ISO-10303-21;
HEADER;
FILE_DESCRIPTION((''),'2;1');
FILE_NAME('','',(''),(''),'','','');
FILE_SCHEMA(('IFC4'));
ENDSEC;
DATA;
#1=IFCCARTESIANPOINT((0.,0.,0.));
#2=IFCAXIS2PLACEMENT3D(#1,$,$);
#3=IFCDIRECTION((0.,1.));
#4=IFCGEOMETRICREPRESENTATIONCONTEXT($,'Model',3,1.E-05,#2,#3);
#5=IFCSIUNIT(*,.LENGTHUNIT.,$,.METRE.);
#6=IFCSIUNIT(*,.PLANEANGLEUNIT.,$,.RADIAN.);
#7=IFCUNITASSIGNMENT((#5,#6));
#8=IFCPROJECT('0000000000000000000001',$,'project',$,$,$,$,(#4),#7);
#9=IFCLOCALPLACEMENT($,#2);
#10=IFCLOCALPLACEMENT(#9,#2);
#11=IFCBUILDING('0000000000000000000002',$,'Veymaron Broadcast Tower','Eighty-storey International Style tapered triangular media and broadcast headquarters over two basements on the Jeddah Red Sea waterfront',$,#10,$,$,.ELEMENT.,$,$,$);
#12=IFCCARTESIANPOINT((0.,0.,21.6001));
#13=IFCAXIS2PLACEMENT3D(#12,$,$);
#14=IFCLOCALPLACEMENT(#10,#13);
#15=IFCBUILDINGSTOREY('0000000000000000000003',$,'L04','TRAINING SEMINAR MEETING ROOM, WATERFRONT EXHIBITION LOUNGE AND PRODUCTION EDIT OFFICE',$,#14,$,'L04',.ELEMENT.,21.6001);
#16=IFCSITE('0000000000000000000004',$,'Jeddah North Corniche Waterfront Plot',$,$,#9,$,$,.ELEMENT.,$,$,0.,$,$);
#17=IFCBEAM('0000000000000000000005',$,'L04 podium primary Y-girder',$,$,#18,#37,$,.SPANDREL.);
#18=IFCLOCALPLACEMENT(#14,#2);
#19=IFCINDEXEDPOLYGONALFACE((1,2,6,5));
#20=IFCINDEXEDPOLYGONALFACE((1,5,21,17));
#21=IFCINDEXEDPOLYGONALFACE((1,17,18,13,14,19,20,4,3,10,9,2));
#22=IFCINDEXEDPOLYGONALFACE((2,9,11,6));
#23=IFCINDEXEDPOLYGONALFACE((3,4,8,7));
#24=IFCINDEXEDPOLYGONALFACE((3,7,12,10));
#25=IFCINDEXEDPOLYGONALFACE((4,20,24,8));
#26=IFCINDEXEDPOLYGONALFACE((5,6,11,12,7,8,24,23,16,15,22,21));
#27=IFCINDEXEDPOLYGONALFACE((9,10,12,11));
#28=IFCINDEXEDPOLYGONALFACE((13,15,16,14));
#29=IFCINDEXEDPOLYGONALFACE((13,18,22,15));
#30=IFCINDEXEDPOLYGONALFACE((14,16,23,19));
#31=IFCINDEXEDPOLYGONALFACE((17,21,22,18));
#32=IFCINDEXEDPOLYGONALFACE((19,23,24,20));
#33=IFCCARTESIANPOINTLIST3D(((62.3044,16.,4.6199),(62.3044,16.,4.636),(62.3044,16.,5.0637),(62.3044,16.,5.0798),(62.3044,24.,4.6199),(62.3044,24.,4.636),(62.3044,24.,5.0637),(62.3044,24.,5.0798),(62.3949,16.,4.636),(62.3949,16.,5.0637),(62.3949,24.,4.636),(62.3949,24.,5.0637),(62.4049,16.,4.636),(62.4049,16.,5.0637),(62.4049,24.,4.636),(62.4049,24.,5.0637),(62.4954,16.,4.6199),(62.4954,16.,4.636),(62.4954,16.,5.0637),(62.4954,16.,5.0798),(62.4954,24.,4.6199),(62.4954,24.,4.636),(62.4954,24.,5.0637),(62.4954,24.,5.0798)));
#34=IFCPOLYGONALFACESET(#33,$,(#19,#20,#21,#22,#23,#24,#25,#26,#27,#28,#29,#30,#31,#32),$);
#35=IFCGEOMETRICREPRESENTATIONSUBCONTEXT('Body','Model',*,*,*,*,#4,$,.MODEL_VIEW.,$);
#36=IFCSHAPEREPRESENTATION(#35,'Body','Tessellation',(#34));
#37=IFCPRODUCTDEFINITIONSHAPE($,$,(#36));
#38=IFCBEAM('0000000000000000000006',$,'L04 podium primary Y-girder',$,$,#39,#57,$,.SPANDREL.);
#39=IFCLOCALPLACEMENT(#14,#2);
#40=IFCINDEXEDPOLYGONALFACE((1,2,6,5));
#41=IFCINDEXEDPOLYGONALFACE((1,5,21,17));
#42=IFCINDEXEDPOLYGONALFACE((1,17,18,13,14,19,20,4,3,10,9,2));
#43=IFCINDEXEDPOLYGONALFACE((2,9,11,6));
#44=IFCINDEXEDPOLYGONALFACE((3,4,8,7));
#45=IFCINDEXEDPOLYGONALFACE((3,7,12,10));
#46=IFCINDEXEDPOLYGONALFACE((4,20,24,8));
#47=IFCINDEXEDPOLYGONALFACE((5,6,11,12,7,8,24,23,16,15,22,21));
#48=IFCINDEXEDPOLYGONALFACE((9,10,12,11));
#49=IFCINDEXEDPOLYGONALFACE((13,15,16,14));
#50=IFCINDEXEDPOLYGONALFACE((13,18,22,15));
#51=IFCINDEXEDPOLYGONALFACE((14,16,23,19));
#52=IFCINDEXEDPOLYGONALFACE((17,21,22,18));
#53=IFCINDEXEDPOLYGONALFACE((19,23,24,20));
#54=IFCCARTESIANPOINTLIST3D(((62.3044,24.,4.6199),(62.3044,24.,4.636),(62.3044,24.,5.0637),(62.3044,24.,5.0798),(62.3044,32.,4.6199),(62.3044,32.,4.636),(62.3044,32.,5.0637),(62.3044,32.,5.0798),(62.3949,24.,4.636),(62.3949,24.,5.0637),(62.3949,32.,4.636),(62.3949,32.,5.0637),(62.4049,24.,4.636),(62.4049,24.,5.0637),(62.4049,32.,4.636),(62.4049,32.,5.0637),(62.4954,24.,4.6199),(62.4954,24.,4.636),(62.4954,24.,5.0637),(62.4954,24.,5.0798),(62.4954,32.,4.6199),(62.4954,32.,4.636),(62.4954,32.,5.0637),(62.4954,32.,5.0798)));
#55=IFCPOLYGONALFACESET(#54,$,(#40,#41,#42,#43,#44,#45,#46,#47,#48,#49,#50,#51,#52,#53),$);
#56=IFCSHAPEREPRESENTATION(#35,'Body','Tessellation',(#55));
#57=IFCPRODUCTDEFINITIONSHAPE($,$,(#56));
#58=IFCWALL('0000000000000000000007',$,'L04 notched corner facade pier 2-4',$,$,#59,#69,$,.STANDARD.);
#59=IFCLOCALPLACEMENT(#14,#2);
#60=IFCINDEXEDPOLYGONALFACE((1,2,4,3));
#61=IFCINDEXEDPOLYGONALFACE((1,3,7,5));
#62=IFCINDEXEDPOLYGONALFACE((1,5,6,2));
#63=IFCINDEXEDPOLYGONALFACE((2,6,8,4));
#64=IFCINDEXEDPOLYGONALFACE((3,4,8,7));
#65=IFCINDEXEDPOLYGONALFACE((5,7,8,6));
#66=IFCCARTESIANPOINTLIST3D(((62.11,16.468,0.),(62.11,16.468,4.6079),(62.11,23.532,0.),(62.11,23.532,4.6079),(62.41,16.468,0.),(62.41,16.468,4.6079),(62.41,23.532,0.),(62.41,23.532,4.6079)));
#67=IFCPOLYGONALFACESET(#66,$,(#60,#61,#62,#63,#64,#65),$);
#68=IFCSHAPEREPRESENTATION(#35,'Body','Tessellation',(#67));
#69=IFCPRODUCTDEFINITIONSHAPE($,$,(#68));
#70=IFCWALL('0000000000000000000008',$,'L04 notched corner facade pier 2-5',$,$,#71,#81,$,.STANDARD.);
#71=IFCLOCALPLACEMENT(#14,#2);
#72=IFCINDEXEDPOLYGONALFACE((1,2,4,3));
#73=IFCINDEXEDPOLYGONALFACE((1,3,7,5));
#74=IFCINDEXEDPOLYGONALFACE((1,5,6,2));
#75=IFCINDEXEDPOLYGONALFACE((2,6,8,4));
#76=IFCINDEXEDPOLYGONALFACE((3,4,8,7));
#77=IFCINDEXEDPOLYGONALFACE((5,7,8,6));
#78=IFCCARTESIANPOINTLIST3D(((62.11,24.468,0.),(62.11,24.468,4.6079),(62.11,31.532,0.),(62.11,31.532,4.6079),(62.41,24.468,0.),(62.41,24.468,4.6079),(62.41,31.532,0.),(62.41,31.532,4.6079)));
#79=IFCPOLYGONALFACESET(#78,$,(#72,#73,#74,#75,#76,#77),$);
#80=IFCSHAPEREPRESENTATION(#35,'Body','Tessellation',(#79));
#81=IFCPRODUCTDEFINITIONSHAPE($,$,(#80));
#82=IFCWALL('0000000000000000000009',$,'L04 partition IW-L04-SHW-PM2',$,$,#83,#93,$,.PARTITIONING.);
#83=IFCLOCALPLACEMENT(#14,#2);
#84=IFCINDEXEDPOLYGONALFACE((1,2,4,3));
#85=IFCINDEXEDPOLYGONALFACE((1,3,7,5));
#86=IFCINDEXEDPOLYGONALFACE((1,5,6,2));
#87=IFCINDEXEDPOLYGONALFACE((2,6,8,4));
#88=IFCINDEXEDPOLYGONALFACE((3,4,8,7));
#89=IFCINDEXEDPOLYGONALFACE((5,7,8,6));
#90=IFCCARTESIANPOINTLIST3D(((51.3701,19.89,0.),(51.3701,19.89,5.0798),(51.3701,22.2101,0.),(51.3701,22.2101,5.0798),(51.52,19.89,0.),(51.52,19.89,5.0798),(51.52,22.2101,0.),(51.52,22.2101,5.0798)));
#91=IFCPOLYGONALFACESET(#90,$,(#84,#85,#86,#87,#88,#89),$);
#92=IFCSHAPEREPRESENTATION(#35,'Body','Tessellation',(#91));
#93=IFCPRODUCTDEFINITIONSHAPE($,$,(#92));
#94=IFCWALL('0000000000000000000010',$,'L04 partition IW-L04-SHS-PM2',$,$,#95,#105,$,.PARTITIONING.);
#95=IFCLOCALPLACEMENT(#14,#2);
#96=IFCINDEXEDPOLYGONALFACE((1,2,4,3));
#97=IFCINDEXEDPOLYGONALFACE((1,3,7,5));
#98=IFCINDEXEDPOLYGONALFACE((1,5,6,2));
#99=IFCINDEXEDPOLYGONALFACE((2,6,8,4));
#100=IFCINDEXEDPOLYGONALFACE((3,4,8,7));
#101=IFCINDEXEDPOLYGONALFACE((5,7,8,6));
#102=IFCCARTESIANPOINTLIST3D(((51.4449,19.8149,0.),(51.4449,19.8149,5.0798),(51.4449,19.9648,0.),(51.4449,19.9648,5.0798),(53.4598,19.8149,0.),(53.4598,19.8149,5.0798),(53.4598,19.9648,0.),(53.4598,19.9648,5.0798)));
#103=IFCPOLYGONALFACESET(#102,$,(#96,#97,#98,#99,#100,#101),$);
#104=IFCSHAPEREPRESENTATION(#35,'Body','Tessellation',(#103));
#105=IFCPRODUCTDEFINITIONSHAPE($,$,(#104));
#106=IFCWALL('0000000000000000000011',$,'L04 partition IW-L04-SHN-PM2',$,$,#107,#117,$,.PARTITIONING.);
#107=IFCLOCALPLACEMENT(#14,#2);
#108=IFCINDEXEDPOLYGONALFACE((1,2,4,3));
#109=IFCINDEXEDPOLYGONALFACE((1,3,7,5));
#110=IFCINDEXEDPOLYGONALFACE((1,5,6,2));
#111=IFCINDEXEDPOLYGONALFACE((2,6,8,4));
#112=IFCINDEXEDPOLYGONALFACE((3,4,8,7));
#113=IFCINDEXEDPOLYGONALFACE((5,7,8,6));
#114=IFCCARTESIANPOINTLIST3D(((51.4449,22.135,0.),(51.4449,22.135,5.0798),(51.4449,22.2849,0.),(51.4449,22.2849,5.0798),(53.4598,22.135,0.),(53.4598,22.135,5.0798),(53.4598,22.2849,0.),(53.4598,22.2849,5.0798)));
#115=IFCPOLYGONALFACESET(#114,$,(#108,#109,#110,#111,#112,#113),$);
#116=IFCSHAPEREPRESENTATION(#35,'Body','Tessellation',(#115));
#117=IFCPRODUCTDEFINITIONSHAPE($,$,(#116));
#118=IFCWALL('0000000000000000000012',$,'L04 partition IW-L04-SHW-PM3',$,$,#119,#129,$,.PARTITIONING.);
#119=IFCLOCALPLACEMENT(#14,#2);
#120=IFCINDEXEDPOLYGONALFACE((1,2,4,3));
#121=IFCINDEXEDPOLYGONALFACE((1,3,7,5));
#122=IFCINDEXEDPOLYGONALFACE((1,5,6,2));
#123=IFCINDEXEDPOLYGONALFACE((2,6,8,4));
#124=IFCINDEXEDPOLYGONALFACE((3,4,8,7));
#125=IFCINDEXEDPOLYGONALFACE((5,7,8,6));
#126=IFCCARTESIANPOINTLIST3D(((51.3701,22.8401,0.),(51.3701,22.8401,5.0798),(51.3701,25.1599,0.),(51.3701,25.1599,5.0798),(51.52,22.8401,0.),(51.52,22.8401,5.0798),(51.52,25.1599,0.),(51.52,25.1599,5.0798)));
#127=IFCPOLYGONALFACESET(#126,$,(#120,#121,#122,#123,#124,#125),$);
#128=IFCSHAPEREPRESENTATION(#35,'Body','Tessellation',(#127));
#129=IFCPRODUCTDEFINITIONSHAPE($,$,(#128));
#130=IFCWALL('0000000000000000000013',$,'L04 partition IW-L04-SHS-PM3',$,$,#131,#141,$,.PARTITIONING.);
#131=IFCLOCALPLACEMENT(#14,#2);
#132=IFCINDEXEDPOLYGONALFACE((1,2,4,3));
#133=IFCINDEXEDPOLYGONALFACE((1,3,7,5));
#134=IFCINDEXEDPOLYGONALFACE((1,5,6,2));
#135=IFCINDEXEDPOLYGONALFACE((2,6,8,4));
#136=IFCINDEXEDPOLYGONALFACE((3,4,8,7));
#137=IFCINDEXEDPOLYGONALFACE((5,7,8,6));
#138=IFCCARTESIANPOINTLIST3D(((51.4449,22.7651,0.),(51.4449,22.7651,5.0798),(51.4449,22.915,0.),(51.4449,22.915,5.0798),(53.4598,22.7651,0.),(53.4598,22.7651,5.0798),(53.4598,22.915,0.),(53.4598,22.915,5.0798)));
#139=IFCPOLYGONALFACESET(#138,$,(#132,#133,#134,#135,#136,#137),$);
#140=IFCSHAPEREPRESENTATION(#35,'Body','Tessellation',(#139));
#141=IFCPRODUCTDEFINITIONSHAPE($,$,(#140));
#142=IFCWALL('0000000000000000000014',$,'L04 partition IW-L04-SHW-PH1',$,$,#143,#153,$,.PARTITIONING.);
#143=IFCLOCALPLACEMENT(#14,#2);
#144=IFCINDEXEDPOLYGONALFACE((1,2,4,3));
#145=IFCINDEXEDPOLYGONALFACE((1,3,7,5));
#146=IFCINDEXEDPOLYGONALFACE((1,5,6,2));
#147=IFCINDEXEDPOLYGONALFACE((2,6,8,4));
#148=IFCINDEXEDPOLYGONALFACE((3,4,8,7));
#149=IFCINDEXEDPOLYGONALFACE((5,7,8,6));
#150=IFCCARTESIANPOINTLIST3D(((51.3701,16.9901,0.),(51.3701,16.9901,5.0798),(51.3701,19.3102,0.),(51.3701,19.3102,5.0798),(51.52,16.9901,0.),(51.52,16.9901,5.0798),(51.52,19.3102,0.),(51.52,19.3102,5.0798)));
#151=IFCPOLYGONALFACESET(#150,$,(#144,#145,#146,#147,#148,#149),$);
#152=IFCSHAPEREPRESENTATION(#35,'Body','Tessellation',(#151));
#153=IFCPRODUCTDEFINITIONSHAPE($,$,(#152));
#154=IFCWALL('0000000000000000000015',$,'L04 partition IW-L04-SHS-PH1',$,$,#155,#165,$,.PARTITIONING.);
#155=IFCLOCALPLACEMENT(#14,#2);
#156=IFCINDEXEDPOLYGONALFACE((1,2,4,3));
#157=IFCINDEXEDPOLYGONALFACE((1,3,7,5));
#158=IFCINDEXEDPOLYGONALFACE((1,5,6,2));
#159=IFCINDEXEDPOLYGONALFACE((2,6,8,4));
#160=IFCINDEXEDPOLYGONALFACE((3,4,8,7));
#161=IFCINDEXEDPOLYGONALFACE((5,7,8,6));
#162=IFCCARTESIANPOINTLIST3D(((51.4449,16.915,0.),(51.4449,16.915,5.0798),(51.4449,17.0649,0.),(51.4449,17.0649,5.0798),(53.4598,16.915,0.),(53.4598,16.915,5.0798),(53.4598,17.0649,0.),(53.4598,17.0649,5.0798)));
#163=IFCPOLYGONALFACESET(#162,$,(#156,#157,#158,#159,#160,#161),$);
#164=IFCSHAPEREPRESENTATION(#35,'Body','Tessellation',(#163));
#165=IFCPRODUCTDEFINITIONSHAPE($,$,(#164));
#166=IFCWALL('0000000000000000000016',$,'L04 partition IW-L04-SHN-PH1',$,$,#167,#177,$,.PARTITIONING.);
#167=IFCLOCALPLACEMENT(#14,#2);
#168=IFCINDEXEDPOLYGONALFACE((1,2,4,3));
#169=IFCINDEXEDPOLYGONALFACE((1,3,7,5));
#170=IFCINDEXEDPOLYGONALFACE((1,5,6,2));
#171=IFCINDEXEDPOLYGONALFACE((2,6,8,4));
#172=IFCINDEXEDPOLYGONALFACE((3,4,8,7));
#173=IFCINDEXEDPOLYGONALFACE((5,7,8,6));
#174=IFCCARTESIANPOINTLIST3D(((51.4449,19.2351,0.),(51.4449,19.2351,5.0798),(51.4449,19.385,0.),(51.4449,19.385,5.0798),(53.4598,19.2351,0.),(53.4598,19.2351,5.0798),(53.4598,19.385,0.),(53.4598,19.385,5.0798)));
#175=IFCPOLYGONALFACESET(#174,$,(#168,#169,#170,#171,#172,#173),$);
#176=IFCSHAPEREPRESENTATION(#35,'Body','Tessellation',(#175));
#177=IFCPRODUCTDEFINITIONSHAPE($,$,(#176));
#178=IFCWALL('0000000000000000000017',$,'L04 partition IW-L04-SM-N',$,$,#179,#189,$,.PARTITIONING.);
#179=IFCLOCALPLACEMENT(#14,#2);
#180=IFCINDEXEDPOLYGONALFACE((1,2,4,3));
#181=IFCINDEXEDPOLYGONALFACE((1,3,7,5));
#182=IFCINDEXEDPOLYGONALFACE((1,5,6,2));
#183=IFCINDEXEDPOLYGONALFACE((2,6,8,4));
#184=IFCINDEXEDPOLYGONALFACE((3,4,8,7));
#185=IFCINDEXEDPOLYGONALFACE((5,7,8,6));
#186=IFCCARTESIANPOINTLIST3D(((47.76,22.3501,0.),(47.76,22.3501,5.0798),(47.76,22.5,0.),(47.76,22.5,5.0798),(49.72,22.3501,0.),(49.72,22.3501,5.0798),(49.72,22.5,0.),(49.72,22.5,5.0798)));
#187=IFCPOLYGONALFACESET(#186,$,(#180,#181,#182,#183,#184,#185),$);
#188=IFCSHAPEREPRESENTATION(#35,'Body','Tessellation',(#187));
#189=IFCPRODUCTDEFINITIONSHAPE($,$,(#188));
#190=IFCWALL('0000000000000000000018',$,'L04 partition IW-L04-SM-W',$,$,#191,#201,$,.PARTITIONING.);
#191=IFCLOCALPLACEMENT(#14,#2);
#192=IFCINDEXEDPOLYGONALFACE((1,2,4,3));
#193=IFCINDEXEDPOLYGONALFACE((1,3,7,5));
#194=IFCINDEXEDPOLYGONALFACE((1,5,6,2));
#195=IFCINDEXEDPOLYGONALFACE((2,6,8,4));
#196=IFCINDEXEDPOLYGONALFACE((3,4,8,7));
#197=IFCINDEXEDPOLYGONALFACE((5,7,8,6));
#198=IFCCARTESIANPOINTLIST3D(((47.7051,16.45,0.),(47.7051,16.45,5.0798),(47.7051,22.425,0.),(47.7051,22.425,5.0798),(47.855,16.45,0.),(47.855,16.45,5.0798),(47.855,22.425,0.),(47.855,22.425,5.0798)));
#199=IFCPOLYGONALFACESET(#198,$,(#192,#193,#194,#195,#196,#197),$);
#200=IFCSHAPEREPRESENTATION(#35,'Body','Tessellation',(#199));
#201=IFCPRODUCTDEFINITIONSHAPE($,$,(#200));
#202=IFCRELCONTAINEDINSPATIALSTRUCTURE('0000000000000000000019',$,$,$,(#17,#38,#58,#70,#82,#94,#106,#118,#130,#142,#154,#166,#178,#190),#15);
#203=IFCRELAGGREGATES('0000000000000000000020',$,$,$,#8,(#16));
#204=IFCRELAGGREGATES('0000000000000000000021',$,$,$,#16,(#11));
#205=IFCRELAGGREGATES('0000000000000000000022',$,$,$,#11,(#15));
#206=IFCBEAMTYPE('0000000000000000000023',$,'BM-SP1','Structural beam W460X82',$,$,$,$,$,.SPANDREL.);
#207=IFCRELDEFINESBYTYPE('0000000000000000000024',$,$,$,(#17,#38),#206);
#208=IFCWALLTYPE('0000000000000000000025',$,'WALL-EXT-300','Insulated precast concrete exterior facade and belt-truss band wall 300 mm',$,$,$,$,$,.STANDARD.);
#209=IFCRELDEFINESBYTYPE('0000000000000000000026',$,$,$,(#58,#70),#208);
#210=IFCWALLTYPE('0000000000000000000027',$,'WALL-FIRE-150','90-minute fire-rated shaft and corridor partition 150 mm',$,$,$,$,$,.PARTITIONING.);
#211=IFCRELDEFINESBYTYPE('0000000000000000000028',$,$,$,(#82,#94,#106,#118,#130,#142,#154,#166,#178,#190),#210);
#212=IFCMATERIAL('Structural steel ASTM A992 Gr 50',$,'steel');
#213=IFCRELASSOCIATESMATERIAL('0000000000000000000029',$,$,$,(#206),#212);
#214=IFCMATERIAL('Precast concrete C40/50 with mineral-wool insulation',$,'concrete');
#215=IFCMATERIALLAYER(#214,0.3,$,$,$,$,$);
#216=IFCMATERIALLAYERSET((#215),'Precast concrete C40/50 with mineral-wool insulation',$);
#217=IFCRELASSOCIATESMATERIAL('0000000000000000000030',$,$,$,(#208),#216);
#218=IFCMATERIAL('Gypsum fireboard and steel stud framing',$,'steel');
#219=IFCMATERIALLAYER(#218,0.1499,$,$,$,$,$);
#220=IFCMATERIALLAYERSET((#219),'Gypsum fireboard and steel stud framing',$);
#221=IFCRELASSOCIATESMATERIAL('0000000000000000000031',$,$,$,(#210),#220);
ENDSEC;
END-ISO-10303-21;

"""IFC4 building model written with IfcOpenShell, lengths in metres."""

from ifc_helpers import new_model, si_unit, direction, frame, frame_2d, origin, origin_2d, place, context, subcontext, project, spatial, rectangle, i_section, extrude, material, layer, layer_set, material_profile, profile_set, type_object, element, save


model = new_model("IFC4")

# Units and contexts
model_context = context("Model", 3, precision=1e-05, world=origin(), true_north=direction((0.0, 1.0)))
body_context = subcontext(model_context, "Body", "Model", "MODEL_VIEW")
ifc_project = project(units=[si_unit("LENGTHUNIT", "METRE"), si_unit("PLANEANGLEUNIT", "RADIAN")], contexts=[model_context])

# Site, building, storey
site_placement = place(None, origin())
site = spatial("IfcSite", under=ifc_project, at=site_placement, Name="Jeddah North Corniche Waterfront Plot", CompositionType="ELEMENT", RefElevation=0.0)
building_placement = place(site_placement, origin())
building = spatial("IfcBuilding", under=site, at=building_placement, Name="Veymaron Broadcast Tower", Description="Eighty-storey International Style tapered triangular media and broadcast headquarters over two basements on the Jeddah Red Sea waterfront", CompositionType="ELEMENT")
storey_placement = place(building_placement, frame((0.0, 0.0, 21.6001)))
storey = spatial("IfcBuildingStorey", under=building, at=storey_placement, Name="L04", Description="TRAINING SEMINAR MEETING ROOM, WATERFRONT EXHIBITION LOUNGE AND PRODUCTION EDIT OFFICE", LongName="L04", CompositionType="ELEMENT", Elevation=21.6001)

# Beams
ifc_material_1 = material(Name="Structural steel ASTM A992 Gr 50", Category="steel")
ifc_material_profile_1 = material_profile(ifc_material_1, i_section(OverallWidth=0.1909, OverallDepth=0.46, WebThickness=0.01, FlangeThickness=0.0161, at=origin_2d()), Name="W460X82")
ifc_profile_set_1 = profile_set([ifc_material_profile_1], Name="Structural steel ASTM A992 Gr 50")
beam_type_1 = type_object("IfcBeamType", Name="BM-SP1", Description="Structural beam W460X82", PredefinedType="SPANDREL", material=ifc_profile_set_1)
for number, where, z_axis, x_axis, name in (
    (1, (62.3999, 16.0, 4.8499), (0.0, 1.0, 0.0), (-1.0, 0.0, 0.0), "L04 podium primary Y-girder"),
    (2, (62.3999, 24.0, 4.8499), (0.0, 1.0, 0.0), (-1.0, 0.0, 0.0), "L04 podium primary Y-girder"),
):
    element("IfcBeam", number, at=place(storey_placement, frame(where, z_axis=z_axis, x_axis=x_axis)), inside=storey, type_object=beam_type_1, Name=name, PredefinedType="SPANDREL", context=body_context, shape_type="SweptSolid", body=[
        extrude(i_section(OverallWidth=0.1909, OverallDepth=0.46, WebThickness=0.01, FlangeThickness=0.0161, at=origin_2d()), origin(), (0.0, 0.0, 1.0), 8.0),
    ])

# Walls
ifc_material_2 = material(Name="Precast concrete C40/50 with mineral-wool insulation", Category="concrete")
ifc_layer_1 = layer(ifc_material_2, 0.3)
ifc_layer_set_1 = layer_set([ifc_layer_1], Name="Precast concrete C40/50 with mineral-wool insulation")
wall_type_1 = type_object("IfcWallType", Name="WALL-EXT-300", Description="Insulated precast concrete exterior facade and belt-truss band wall 300 mm", PredefinedType="STANDARD", material=ifc_layer_set_1)
for number, where, z_axis, x_axis, name in (
    (3, (62.26, 16.468, 0.0), (0.0, 0.0, 1.0), (0.0, 1.0, 0.0), "L04 notched corner facade pier 2-4"),
    (4, (62.26, 24.468, 0.0), (0.0, 0.0, 1.0), (0.0, 1.0, 0.0), "L04 notched corner facade pier 2-5"),
):
    element("IfcWall", number, at=place(storey_placement, frame(where, z_axis=z_axis, x_axis=x_axis)), inside=storey, type_object=wall_type_1, Name=name, PredefinedType="STANDARD", context=body_context, shape_type="SweptSolid", body=[
        extrude(rectangle(XDim=7.064, YDim=0.3, at=frame_2d((3.532, 0.0))), origin(), (0.0, 0.0, 1.0), 4.6079),
    ])
ifc_material_3 = material(Name="Gypsum fireboard and steel stud framing", Category="steel")
ifc_layer_2 = layer(ifc_material_3, 0.1499)
ifc_layer_set_2 = layer_set([ifc_layer_2], Name="Gypsum fireboard and steel stud framing")
wall_type_2 = type_object("IfcWallType", Name="WALL-FIRE-150", Description="90-minute fire-rated shaft and corridor partition 150 mm", PredefinedType="PARTITIONING", material=ifc_layer_set_2)
wall_1_placement = place(storey_placement, frame((51.4451, 19.8899, 0.0), z_axis=(0.0, 0.0, 1.0), x_axis=(0.0, 1.0, 0.0)))
element("IfcWall", 5, at=wall_1_placement, inside=storey, type_object=wall_type_2, Name="L04 partition IW-L04-SHW-PM2", PredefinedType="PARTITIONING", context=body_context, shape_type="SweptSolid", body=[
    extrude(rectangle(XDim=2.3201, YDim=0.1499, at=frame_2d((1.1602, 0.0))), origin(), (0.0, 0.0, 1.0), 5.0798),
])
for number, where, z_axis, x_axis, name in (
    (6, (51.4451, 19.8899, 0.0), (0.0, 0.0, 1.0), (1.0, 0.0, 0.0), "L04 partition IW-L04-SHS-PM2"),
    (7, (51.4451, 22.21, 0.0), (0.0, 0.0, 1.0), (1.0, 0.0, 0.0), "L04 partition IW-L04-SHN-PM2"),
):
    element("IfcWall", number, at=place(storey_placement, frame(where, z_axis=z_axis, x_axis=x_axis)), inside=storey, type_object=wall_type_2, Name=name, PredefinedType="PARTITIONING", context=body_context, shape_type="SweptSolid", body=[
        extrude(rectangle(XDim=2.0149, YDim=0.1499, at=frame_2d((1.0073, 0.0))), origin(), (0.0, 0.0, 1.0), 5.0798),
    ])
wall_2_placement = place(storey_placement, frame((51.4451, 22.8401, 0.0), z_axis=(0.0, 0.0, 1.0), x_axis=(0.0, 1.0, 0.0)))
element("IfcWall", 8, at=wall_2_placement, inside=storey, type_object=wall_type_2, Name="L04 partition IW-L04-SHW-PM3", PredefinedType="PARTITIONING", context=body_context, shape_type="SweptSolid", body=[
    extrude(rectangle(XDim=2.3198, YDim=0.1499, at=frame_2d((1.1599, 0.0))), origin(), (0.0, 0.0, 1.0), 5.0798),
])
wall_3_placement = place(storey_placement, frame((51.4451, 22.8401, 0.0), z_axis=(0.0, 0.0, 1.0), x_axis=(1.0, 0.0, 0.0)))
element("IfcWall", 9, at=wall_3_placement, inside=storey, type_object=wall_type_2, Name="L04 partition IW-L04-SHS-PM3", PredefinedType="PARTITIONING", context=body_context, shape_type="SweptSolid", body=[
    extrude(rectangle(XDim=2.0149, YDim=0.1499, at=frame_2d((1.0073, 0.0))), origin(), (0.0, 0.0, 1.0), 5.0798),
])
wall_4_placement = place(storey_placement, frame((51.4451, 16.99, 0.0), z_axis=(0.0, 0.0, 1.0), x_axis=(0.0, 1.0, 0.0)))
element("IfcWall", 10, at=wall_4_placement, inside=storey, type_object=wall_type_2, Name="L04 partition IW-L04-SHW-PH1", PredefinedType="PARTITIONING", context=body_context, shape_type="SweptSolid", body=[
    extrude(rectangle(XDim=2.3201, YDim=0.1499, at=frame_2d((1.1602, 0.0))), origin(), (0.0, 0.0, 1.0), 5.0798),
])
for number, where, z_axis, x_axis, name in (
    (11, (51.4451, 16.99, 0.0), (0.0, 0.0, 1.0), (1.0, 0.0, 0.0), "L04 partition IW-L04-SHS-PH1"),
    (12, (51.4451, 19.3101, 0.0), (0.0, 0.0, 1.0), (1.0, 0.0, 0.0), "L04 partition IW-L04-SHN-PH1"),
):
    element("IfcWall", number, at=place(storey_placement, frame(where, z_axis=z_axis, x_axis=x_axis)), inside=storey, type_object=wall_type_2, Name=name, PredefinedType="PARTITIONING", context=body_context, shape_type="SweptSolid", body=[
        extrude(rectangle(XDim=2.0149, YDim=0.1499, at=frame_2d((1.0073, 0.0))), origin(), (0.0, 0.0, 1.0), 5.0798),
    ])

# Walls
wall_5_placement = place(storey_placement, frame((47.76, 22.425, 0.0), z_axis=(0.0, 0.0, 1.0), x_axis=(1.0, 0.0, 0.0)))
element("IfcWall", 13, at=wall_5_placement, inside=storey, type_object=wall_type_2, Name="L04 partition IW-L04-SM-N", PredefinedType="PARTITIONING", context=body_context, shape_type="SweptSolid", body=[
    extrude(rectangle(XDim=1.96, YDim=0.1499, at=frame_2d((0.98, 0.0))), origin(), (0.0, 0.0, 1.0), 5.0798),
])
wall_6_placement = place(storey_placement, frame((47.78, 16.45, 0.0), z_axis=(0.0, 0.0, 1.0), x_axis=(0.0, 1.0, 0.0)))
element("IfcWall", 14, at=wall_6_placement, inside=storey, type_object=wall_type_2, Name="L04 partition IW-L04-SM-W", PredefinedType="PARTITIONING", context=body_context, shape_type="SweptSolid", body=[
    extrude(rectangle(XDim=5.9751, YDim=0.1499, at=frame_2d((2.9875, 0.0))), origin(), (0.0, 0.0, 1.0), 5.0798),
])

save(model, "model.ifc")
